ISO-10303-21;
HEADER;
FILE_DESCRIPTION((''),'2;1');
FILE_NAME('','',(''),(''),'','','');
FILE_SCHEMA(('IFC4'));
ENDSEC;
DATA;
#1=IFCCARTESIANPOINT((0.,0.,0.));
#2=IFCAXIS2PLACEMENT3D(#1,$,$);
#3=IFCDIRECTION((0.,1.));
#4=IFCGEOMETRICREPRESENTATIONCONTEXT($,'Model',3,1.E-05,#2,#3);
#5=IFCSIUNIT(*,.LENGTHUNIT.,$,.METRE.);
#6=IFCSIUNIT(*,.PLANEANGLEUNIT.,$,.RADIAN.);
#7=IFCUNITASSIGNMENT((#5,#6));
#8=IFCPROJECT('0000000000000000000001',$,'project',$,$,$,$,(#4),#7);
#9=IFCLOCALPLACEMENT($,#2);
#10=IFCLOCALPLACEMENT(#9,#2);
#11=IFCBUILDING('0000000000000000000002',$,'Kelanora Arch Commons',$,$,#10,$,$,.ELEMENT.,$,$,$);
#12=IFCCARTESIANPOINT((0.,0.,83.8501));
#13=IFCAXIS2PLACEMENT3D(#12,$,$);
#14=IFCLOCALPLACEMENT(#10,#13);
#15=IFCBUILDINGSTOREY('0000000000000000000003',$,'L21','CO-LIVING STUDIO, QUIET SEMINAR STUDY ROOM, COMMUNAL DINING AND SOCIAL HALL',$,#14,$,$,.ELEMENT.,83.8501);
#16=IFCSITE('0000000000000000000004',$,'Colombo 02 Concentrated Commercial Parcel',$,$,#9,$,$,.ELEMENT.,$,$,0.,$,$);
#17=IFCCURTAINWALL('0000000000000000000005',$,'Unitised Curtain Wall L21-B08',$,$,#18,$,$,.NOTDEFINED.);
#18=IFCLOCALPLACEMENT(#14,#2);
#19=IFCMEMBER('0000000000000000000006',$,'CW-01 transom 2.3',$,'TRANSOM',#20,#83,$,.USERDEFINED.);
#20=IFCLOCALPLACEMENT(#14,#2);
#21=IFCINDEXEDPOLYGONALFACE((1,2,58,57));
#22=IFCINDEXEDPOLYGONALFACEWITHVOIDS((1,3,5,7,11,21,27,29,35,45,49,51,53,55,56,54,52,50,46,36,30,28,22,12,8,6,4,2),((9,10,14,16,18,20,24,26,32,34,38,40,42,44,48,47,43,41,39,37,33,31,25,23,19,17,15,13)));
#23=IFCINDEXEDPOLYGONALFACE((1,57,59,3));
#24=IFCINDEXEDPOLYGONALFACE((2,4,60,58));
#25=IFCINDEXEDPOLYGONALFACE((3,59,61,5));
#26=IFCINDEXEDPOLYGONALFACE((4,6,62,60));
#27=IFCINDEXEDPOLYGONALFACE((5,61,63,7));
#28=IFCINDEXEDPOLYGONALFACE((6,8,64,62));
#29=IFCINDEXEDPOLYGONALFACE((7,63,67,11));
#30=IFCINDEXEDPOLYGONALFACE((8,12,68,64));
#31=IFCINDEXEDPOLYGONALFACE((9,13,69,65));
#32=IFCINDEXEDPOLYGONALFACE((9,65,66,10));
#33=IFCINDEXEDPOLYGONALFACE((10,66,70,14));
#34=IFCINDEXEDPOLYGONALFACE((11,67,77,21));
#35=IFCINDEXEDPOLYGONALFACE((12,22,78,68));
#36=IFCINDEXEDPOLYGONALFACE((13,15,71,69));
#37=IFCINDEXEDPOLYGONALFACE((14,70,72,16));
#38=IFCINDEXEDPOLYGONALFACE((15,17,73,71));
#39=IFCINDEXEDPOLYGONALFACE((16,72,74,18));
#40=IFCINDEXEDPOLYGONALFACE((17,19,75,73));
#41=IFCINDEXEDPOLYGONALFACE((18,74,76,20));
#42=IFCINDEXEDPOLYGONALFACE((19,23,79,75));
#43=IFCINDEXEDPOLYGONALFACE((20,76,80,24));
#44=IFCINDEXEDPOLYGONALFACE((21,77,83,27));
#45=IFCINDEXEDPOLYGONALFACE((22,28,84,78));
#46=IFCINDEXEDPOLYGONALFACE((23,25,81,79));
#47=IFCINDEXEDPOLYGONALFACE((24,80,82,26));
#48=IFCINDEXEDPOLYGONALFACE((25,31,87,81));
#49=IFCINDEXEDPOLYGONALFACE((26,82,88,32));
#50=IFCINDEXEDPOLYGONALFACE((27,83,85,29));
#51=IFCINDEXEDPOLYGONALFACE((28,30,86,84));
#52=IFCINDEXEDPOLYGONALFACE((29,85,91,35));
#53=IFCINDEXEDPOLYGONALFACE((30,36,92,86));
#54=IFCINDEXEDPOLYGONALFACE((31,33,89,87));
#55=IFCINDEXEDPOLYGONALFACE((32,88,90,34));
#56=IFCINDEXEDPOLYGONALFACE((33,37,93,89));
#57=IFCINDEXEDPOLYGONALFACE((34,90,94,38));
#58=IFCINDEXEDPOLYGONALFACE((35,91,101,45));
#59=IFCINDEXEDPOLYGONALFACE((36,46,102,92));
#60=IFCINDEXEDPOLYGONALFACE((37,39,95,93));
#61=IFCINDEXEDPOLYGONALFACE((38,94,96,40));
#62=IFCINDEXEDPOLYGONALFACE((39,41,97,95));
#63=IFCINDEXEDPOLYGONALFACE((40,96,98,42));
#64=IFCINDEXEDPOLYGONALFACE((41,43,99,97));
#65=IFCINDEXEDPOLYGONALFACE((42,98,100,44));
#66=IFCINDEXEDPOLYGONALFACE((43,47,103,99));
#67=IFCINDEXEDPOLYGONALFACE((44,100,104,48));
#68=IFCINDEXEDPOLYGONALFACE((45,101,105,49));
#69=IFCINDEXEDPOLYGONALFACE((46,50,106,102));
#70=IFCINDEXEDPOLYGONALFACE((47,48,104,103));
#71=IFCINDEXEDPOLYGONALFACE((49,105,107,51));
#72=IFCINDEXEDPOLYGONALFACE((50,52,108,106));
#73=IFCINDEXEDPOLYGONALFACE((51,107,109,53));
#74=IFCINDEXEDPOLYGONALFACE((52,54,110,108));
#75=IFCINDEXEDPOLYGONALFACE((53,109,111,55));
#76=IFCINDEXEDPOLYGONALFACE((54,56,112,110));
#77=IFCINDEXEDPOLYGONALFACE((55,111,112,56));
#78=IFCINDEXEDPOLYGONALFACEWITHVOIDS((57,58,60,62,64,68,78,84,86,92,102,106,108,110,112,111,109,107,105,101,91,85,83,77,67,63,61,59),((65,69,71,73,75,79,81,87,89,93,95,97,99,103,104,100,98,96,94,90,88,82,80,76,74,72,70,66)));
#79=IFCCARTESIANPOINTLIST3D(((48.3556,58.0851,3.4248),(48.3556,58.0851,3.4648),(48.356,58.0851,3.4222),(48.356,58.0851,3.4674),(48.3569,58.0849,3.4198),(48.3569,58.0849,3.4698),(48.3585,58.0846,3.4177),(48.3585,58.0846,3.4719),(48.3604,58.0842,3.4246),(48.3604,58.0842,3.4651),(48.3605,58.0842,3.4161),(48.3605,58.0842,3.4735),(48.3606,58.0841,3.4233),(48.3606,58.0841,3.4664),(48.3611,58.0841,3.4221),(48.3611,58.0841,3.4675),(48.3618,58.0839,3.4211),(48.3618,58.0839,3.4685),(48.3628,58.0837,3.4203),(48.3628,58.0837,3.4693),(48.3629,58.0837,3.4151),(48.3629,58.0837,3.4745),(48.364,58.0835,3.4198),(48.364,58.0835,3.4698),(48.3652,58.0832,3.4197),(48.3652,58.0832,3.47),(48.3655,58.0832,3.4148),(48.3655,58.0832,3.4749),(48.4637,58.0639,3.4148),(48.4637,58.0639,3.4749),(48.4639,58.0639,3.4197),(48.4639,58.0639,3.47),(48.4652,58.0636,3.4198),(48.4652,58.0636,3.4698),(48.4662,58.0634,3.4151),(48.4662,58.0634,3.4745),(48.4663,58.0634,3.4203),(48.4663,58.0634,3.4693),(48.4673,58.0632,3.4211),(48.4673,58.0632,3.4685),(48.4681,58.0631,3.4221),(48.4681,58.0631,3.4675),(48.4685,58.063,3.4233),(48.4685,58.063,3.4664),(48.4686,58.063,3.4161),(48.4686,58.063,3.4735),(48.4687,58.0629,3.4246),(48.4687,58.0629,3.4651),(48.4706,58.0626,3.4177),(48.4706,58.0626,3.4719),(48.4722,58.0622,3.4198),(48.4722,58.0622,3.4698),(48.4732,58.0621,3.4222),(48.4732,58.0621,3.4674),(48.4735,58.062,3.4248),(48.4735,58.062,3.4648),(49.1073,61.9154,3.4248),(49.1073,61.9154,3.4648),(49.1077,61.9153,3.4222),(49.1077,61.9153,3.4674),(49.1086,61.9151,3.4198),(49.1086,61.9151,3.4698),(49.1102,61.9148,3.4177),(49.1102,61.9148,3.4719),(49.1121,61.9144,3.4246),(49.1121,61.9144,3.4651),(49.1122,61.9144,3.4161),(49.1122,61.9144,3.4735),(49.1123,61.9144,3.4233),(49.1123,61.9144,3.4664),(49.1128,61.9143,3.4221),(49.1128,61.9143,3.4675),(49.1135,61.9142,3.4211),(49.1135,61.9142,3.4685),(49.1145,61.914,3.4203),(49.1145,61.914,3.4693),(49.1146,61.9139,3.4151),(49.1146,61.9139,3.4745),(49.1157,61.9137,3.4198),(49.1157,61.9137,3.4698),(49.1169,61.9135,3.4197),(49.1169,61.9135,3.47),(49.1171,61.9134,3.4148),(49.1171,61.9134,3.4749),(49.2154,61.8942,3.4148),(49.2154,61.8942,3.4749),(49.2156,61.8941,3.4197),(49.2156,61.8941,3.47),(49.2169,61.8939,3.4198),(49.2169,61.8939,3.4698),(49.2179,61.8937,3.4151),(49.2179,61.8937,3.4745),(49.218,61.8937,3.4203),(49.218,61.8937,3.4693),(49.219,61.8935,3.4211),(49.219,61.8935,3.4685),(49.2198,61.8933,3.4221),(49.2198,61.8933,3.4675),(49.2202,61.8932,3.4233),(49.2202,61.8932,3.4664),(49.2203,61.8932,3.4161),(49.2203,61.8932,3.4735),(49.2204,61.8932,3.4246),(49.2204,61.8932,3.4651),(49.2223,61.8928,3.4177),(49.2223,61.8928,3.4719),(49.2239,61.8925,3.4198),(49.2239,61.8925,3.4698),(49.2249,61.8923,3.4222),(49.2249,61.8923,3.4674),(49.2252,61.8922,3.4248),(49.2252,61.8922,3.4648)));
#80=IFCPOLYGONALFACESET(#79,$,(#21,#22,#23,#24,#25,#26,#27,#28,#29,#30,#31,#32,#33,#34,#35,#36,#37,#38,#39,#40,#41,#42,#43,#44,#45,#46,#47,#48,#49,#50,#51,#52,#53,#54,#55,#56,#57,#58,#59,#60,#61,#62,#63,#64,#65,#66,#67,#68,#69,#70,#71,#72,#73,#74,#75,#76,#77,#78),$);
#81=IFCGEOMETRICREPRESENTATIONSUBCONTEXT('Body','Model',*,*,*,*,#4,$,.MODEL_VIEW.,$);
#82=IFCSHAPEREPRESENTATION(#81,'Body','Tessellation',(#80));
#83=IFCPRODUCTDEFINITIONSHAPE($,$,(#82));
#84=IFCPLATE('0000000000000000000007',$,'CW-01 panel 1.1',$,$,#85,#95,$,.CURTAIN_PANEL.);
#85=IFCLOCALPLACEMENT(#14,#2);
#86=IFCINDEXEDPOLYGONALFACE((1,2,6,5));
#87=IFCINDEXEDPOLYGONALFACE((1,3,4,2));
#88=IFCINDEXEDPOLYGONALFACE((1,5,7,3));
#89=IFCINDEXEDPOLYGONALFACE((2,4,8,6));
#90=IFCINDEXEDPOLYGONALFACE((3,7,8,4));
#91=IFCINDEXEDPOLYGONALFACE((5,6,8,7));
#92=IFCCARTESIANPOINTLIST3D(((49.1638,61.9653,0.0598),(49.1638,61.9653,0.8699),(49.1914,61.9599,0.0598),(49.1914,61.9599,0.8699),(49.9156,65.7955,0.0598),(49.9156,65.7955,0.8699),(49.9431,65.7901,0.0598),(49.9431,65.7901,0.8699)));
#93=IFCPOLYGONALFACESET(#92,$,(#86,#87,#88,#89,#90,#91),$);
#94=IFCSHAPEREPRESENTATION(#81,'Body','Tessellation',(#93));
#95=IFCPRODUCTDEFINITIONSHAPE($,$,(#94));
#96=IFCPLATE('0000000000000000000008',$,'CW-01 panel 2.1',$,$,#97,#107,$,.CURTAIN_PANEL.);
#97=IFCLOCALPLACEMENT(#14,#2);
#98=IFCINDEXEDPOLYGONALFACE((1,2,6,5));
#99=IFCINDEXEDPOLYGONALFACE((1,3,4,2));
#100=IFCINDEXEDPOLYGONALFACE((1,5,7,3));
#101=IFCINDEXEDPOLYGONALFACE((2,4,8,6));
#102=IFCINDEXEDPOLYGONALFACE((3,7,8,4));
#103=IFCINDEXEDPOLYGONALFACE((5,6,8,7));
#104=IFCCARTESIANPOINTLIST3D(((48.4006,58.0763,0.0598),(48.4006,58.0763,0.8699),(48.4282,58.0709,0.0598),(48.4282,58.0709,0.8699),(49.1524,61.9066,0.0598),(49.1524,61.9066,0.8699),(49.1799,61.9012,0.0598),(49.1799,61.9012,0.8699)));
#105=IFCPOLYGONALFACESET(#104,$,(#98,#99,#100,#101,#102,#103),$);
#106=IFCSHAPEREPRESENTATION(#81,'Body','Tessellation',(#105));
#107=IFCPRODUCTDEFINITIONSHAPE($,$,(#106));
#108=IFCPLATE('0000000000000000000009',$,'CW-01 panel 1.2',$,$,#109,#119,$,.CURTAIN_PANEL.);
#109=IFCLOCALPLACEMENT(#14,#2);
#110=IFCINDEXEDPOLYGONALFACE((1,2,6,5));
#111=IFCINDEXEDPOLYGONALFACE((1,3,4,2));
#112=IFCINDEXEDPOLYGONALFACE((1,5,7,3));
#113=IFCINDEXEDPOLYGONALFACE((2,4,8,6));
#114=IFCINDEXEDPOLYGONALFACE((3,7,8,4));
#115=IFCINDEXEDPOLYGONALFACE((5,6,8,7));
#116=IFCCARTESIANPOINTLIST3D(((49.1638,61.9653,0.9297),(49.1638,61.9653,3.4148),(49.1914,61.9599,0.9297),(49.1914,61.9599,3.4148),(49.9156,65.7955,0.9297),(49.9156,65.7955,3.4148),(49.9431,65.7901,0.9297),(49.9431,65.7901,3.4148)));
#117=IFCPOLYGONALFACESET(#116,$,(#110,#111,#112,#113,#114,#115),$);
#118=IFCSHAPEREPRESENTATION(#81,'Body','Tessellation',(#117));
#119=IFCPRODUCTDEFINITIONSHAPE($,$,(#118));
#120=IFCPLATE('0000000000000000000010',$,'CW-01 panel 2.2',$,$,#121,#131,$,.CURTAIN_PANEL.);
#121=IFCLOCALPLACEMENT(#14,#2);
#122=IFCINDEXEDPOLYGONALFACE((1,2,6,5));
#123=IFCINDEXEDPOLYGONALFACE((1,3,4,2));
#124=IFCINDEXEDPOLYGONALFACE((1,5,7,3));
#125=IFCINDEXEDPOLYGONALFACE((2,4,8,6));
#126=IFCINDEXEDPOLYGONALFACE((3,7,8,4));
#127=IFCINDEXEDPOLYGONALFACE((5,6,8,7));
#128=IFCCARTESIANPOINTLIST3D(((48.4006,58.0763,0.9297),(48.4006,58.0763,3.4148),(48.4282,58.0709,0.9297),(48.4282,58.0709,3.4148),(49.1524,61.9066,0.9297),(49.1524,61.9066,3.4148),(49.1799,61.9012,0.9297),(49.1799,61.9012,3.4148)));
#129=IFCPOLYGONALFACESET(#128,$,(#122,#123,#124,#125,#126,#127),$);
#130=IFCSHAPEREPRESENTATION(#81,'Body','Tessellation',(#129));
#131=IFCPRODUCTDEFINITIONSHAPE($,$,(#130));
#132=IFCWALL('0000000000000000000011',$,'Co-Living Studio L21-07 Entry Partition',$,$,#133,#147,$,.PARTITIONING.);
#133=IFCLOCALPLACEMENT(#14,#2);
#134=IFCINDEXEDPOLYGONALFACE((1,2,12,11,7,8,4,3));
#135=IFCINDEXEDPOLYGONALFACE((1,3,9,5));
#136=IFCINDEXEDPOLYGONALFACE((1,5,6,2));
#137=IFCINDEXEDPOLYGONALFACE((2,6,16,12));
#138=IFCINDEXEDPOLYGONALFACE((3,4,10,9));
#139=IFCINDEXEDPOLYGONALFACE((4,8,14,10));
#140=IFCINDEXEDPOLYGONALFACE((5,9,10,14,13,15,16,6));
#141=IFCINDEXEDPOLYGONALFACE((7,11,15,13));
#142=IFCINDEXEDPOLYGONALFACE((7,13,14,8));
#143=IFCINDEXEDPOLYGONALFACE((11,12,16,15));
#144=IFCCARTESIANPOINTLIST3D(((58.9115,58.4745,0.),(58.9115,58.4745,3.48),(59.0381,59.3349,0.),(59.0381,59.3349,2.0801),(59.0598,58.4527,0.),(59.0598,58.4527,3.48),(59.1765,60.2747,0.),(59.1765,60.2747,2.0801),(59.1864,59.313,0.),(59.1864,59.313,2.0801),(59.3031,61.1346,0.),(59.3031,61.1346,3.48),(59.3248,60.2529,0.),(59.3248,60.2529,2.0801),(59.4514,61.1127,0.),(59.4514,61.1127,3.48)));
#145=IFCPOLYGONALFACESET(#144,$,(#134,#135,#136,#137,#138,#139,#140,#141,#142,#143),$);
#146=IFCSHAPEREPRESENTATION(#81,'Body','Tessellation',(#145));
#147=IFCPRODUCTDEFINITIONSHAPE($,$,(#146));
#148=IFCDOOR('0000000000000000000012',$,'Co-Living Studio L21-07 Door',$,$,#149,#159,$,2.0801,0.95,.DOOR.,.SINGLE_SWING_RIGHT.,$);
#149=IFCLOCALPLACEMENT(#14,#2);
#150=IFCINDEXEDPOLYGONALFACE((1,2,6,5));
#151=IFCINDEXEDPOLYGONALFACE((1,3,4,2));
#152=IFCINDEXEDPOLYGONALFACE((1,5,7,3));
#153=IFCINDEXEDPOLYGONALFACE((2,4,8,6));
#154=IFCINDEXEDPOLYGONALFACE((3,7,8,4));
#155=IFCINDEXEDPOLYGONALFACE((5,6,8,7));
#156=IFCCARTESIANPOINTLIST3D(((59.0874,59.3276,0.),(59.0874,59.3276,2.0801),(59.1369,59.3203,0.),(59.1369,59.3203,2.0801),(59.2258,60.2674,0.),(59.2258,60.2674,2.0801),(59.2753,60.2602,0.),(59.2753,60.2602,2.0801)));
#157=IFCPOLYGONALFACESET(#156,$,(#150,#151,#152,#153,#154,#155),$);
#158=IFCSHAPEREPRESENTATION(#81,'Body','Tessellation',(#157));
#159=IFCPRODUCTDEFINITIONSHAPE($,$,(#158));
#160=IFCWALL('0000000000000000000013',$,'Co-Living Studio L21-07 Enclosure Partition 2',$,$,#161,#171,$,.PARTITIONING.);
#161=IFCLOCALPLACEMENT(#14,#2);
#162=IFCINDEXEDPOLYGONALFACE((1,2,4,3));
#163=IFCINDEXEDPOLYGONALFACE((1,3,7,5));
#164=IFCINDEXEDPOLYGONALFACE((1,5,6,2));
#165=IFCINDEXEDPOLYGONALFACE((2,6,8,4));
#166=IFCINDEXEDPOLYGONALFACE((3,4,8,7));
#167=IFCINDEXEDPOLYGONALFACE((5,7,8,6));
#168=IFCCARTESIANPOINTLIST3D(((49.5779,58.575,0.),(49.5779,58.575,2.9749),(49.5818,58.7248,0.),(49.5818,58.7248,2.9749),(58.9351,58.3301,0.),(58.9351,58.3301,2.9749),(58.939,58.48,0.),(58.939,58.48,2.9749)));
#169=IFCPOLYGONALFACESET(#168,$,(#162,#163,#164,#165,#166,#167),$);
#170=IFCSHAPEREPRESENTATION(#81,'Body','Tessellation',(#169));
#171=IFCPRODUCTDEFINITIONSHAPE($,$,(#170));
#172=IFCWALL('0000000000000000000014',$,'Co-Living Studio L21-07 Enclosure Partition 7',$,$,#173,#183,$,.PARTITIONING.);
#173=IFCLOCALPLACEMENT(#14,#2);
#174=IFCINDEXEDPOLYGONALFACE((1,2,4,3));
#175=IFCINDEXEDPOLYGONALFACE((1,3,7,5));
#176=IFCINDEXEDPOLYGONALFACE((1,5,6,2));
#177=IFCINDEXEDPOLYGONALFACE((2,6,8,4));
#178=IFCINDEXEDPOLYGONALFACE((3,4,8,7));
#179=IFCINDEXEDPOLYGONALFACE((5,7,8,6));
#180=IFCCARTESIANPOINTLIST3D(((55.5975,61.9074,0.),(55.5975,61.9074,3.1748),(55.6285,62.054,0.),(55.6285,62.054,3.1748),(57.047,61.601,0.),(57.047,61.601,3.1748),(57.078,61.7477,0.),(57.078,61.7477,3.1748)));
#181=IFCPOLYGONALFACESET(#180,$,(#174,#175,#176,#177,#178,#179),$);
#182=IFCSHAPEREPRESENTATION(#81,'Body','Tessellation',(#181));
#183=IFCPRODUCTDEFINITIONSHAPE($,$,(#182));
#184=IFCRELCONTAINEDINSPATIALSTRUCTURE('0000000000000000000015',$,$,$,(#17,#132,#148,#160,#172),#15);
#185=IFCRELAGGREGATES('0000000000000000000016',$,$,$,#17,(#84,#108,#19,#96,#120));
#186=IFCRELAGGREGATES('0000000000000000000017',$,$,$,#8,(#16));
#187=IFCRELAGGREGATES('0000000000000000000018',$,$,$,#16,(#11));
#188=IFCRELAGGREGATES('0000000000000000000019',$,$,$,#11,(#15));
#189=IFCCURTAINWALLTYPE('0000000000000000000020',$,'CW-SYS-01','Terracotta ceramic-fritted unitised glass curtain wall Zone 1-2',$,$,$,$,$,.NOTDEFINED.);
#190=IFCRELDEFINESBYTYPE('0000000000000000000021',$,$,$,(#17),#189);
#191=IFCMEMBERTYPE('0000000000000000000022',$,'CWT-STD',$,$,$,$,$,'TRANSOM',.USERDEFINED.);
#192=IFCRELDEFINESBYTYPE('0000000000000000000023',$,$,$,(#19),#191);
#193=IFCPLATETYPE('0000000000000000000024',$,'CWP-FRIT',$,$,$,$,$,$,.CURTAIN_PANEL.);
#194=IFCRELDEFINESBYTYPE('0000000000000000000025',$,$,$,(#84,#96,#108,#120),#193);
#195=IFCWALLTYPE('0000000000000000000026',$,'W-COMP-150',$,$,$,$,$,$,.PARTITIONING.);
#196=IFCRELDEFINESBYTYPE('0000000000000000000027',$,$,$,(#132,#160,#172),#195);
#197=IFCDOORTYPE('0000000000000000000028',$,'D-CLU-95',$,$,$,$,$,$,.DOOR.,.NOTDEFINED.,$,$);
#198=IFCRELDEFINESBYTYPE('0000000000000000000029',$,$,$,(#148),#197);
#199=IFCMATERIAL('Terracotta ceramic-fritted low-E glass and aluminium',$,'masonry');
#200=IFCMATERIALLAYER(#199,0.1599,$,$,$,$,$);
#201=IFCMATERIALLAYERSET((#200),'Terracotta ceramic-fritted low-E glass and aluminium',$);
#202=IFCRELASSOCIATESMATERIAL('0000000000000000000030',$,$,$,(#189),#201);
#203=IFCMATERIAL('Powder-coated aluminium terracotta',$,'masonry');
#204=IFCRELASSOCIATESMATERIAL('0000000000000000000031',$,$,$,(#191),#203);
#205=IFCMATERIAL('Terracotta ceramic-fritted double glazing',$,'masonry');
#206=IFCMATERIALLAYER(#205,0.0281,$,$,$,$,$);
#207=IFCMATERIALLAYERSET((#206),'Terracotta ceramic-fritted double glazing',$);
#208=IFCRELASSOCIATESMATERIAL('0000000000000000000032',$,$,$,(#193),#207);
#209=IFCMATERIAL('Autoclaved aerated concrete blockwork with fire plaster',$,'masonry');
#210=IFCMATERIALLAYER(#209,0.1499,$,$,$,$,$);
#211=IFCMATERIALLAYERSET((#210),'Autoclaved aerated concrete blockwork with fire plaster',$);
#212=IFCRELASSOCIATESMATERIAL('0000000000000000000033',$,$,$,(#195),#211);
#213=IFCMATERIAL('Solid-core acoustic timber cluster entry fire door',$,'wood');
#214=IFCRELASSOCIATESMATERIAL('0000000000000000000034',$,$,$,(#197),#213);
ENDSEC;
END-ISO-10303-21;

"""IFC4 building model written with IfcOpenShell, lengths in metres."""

from ifc_helpers import new_model, si_unit, direction, frame, frame_2d, origin, origin_2d, place, context, subcontext, project, spatial, rectangle, hollow_rectangle, extrude, source, transform, mapped, material, layer, layer_set, material_profile, profile_set, type_object, element, fill, aggregate, save


model = new_model("IFC4")

# Units and contexts
model_context = context("Model", 3, precision=1e-05, world=origin(), true_north=direction((0.0, 1.0)))
body_context = subcontext(model_context, "Body", "Model", "MODEL_VIEW")
ifc_project = project(units=[si_unit("LENGTHUNIT", "METRE"), si_unit("PLANEANGLEUNIT", "RADIAN")], contexts=[model_context])

# Site, building, storey
site_placement = place(None, origin())
site = spatial("IfcSite", under=ifc_project, at=site_placement, Name="Colombo 02 Concentrated Commercial Parcel", CompositionType="ELEMENT", RefElevation=0.0)
building_placement = place(site_placement, origin())
building = spatial("IfcBuilding", under=site, at=building_placement, Name="Kelanora Arch Commons", CompositionType="ELEMENT")
storey_placement = place(building_placement, frame((0.0, 0.0, 83.8501)))
storey = spatial("IfcBuildingStorey", under=building, at=storey_placement, Name="L21", Description="CO-LIVING STUDIO, QUIET SEMINAR STUDY ROOM, COMMUNAL DINING AND SOCIAL HALL", CompositionType="ELEMENT", Elevation=83.8501)

# Curtain wall, member, plates
ifc_material_1 = material(Name="Terracotta ceramic-fritted low-E glass and aluminium", Category="masonry")
ifc_layer_1 = layer(ifc_material_1, 0.1599)
ifc_layer_set_1 = layer_set([ifc_layer_1], Name="Terracotta ceramic-fritted low-E glass and aluminium")
curtain_wall_type = type_object("IfcCurtainWallType", Name="CW-SYS-01", Description="Terracotta ceramic-fritted unitised glass curtain wall Zone 1-2", PredefinedType="NOTDEFINED", material=ifc_layer_set_1)
curtain_wall_placement = place(storey_placement, origin())
curtain_wall = element("IfcCurtainWall", 1, at=curtain_wall_placement, inside=storey, type_object=curtain_wall_type, Name="Unitised Curtain Wall L21-B08", PredefinedType="NOTDEFINED")
ifc_material_2 = material(Name="Powder-coated aluminium terracotta", Category="masonry")
ifc_material_profile_1 = material_profile(ifc_material_2, hollow_rectangle(XDim=0.1201, YDim=0.0601, WallThickness=0.0049, InnerFilletRadius=0.0049, OuterFilletRadius=0.01, at=origin_2d()), Name="CWT120x60")
ifc_profile_set_1 = profile_set([ifc_material_profile_1], Name="Powder-coated aluminium terracotta")
member_type_1 = type_object("IfcMemberType", Name="CWT-STD", ElementType="TRANSOM", PredefinedType="USERDEFINED", material=ifc_profile_set_1)
member_1_placement = place(storey_placement, frame((49.1663, 61.9038, 3.4448), z_axis=(-0.192579, -0.981282, 0.0), x_axis=(0.981282, -0.192579, 0.0)))
member_1 = element("IfcMember", 2, at=member_1_placement, type_object=member_type_1, Name="CW-01 transom 2.3", ObjectType="TRANSOM", PredefinedType="USERDEFINED", context=body_context, shape_type="SweptSolid", body=[
    extrude(hollow_rectangle(XDim=0.1201, YDim=0.0601, WallThickness=0.0049, InnerFilletRadius=0.0049, OuterFilletRadius=0.01, at=origin_2d()), origin(), (0.0, 0.0, 1.0), 3.9033),
])
ifc_material_3 = material(Name="Terracotta ceramic-fritted double glazing", Category="masonry")
ifc_layer_2 = layer(ifc_material_3, 0.0281)
ifc_layer_set_2 = layer_set([ifc_layer_2], Name="Terracotta ceramic-fritted double glazing")
plate_type = type_object("IfcPlateType", Name="CWP-FRIT", PredefinedType="CURTAIN_PANEL", material=ifc_layer_set_2)
shared_shape_1 = source(origin(), body_context, "Body", "SweptSolid", [
    extrude(rectangle(XDim=3.9033, YDim=0.0281, at=origin_2d()), origin(), (0.0, 0.0, 1.0), 0.8101),
])
plate_1_placement = place(storey_placement, frame((49.5535, 63.8777, 0.0598), z_axis=(0.0, 0.0, 1.0), x_axis=(-0.192585, -0.98128, 0.0)))
plate_1 = element("IfcPlate", 3, at=plate_1_placement, type_object=plate_type, Name="CW-01 panel 1.1", PredefinedType="CURTAIN_PANEL", context=body_context, shape_type="MappedRepresentation", body=[
    mapped(shared_shape_1, transform((0.0, 0.0, 0.0), scale=1.0)),
])
plate_2_placement = place(storey_placement, frame((48.7903, 59.9888, 0.0598), z_axis=(0.0, 0.0, 1.0), x_axis=(-0.192585, -0.98128, 0.0)))
plate_2 = element("IfcPlate", 4, at=plate_2_placement, type_object=plate_type, Name="CW-01 panel 2.1", PredefinedType="CURTAIN_PANEL", context=body_context, shape_type="MappedRepresentation", body=[
    mapped(shared_shape_1, transform((0.0, 0.0, 0.0), scale=1.0)),
])
shared_shape_2 = source(origin(), body_context, "Body", "SweptSolid", [
    extrude(rectangle(XDim=3.9033, YDim=0.0281, at=origin_2d()), origin(), (0.0, 0.0, 1.0), 2.4851),
])
plate_3_placement = place(storey_placement, frame((49.5535, 63.8777, 0.9297), z_axis=(0.0, 0.0, 1.0), x_axis=(-0.192585, -0.98128, 0.0)))
plate_3 = element("IfcPlate", 5, at=plate_3_placement, type_object=plate_type, Name="CW-01 panel 1.2", PredefinedType="CURTAIN_PANEL", context=body_context, shape_type="MappedRepresentation", body=[
    mapped(shared_shape_2, transform((0.0, 0.0, 0.0), scale=1.0)),
])
plate_4_placement = place(storey_placement, frame((48.7903, 59.9888, 0.9297), z_axis=(0.0, 0.0, 1.0), x_axis=(-0.192585, -0.98128, 0.0)))
plate_4 = element("IfcPlate", 6, at=plate_4_placement, type_object=plate_type, Name="CW-01 panel 2.2", PredefinedType="CURTAIN_PANEL", context=body_context, shape_type="MappedRepresentation", body=[
    mapped(shared_shape_2, transform((0.0, 0.0, 0.0), scale=1.0)),
])
aggregate(curtain_wall, [plate_1, plate_3, member_1, plate_2, plate_4])

# Wall, opening, door
ifc_material_4 = material(Name="Autoclaved aerated concrete blockwork with fire plaster", Category="masonry")
ifc_layer_3 = layer(ifc_material_4, 0.1499)
ifc_layer_set_3 = layer_set([ifc_layer_3], Name="Autoclaved aerated concrete blockwork with fire plaster")
wall_type_1 = type_object("IfcWallType", Name="W-COMP-150", PredefinedType="PARTITIONING", material=ifc_layer_set_3)
wall_1_placement = place(storey_placement, frame((59.3772, 61.1235, 0.0), z_axis=(0.0, 0.0, 1.0), x_axis=(-0.14564, -0.989338, 0.0)))
wall_1 = element("IfcWall", 7, at=wall_1_placement, inside=storey, type_object=wall_type_1, Name="Co-Living Studio L21-07 Entry Partition", PredefinedType="PARTITIONING", context=body_context, shape_type="SweptSolid", body=[
    extrude(rectangle(XDim=2.6887, YDim=0.1499, at=frame_2d((1.3442, 0.0))), origin(), (0.0, 0.0, 1.0), 3.48),
])
opening_1_placement = place(wall_1_placement, frame((0.8689, 0.0, 0.0)))
opening_1 = element("IfcOpeningElement", 8, at=opening_1_placement, cuts=wall_1, PredefinedType="OPENING", context=body_context, shape_type="SweptSolid", body=[
    extrude(rectangle(XDim=0.95, YDim=2.0801, at=frame_2d((0.4751, 1.04))), frame((0.0, 0.085, 0.0), z_axis=(0.0, -1.0, 0.0), x_axis=(1.0, 0.0, 0.0)), (0.0, 0.0, 1.0), 0.1699),
])
ifc_material_5 = material(Name="Solid-core acoustic timber cluster entry fire door", Category="wood")
door_type_1 = type_object("IfcDoorType", Name="D-CLU-95", OperationType="NOTDEFINED", PredefinedType="DOOR", material=ifc_material_5)
door_1_placement = place(opening_1_placement, origin())
door_1 = element("IfcDoor", 9, at=door_1_placement, inside=storey, type_object=door_type_1, Name="Co-Living Studio L21-07 Door", OperationType="SINGLE_SWING_RIGHT", OverallHeight=2.0801, OverallWidth=0.95, PredefinedType="DOOR", context=body_context, shape_type="SweptSolid", body=[
    extrude(rectangle(XDim=0.95, YDim=2.0801, at=frame_2d((0.4751, 1.04))), frame((0.0, 0.0249, 0.0), z_axis=(0.0, -1.0, 0.0), x_axis=(1.0, 0.0, 0.0)), (0.0, 0.0, 1.0), 0.05),
])
fill(opening_1, door_1)

# Walls
wall_2_placement = place(storey_placement, frame((58.937, 58.405, 0.0), z_axis=(0.0, 0.0, 1.0), x_axis=(-0.999658, 0.026161, 0.0)))
element("IfcWall", 10, at=wall_2_placement, inside=storey, type_object=wall_type_1, Name="Co-Living Studio L21-07 Enclosure Partition 2", PredefinedType="PARTITIONING", context=body_context, shape_type="SweptSolid", body=[
    extrude(rectangle(XDim=9.3604, YDim=0.1499, at=frame_2d((4.6802, 0.0))), origin(), (0.0, 0.0, 1.0), 2.9749),
])
wall_3_placement = place(storey_placement, frame((55.613, 61.9807, 0.0), z_axis=(0.0, 0.0, 1.0), x_axis=(0.97838, -0.206816, 0.0)))
element("IfcWall", 11, at=wall_3_placement, inside=storey, type_object=wall_type_1, Name="Co-Living Studio L21-07 Enclosure Partition 7", PredefinedType="PARTITIONING", context=body_context, shape_type="SweptSolid", body=[
    extrude(rectangle(XDim=1.4814, YDim=0.1499, at=frame_2d((0.7407, 0.0))), origin(), (0.0, 0.0, 1.0), 3.1748),
])

save(model, "model.ifc")
